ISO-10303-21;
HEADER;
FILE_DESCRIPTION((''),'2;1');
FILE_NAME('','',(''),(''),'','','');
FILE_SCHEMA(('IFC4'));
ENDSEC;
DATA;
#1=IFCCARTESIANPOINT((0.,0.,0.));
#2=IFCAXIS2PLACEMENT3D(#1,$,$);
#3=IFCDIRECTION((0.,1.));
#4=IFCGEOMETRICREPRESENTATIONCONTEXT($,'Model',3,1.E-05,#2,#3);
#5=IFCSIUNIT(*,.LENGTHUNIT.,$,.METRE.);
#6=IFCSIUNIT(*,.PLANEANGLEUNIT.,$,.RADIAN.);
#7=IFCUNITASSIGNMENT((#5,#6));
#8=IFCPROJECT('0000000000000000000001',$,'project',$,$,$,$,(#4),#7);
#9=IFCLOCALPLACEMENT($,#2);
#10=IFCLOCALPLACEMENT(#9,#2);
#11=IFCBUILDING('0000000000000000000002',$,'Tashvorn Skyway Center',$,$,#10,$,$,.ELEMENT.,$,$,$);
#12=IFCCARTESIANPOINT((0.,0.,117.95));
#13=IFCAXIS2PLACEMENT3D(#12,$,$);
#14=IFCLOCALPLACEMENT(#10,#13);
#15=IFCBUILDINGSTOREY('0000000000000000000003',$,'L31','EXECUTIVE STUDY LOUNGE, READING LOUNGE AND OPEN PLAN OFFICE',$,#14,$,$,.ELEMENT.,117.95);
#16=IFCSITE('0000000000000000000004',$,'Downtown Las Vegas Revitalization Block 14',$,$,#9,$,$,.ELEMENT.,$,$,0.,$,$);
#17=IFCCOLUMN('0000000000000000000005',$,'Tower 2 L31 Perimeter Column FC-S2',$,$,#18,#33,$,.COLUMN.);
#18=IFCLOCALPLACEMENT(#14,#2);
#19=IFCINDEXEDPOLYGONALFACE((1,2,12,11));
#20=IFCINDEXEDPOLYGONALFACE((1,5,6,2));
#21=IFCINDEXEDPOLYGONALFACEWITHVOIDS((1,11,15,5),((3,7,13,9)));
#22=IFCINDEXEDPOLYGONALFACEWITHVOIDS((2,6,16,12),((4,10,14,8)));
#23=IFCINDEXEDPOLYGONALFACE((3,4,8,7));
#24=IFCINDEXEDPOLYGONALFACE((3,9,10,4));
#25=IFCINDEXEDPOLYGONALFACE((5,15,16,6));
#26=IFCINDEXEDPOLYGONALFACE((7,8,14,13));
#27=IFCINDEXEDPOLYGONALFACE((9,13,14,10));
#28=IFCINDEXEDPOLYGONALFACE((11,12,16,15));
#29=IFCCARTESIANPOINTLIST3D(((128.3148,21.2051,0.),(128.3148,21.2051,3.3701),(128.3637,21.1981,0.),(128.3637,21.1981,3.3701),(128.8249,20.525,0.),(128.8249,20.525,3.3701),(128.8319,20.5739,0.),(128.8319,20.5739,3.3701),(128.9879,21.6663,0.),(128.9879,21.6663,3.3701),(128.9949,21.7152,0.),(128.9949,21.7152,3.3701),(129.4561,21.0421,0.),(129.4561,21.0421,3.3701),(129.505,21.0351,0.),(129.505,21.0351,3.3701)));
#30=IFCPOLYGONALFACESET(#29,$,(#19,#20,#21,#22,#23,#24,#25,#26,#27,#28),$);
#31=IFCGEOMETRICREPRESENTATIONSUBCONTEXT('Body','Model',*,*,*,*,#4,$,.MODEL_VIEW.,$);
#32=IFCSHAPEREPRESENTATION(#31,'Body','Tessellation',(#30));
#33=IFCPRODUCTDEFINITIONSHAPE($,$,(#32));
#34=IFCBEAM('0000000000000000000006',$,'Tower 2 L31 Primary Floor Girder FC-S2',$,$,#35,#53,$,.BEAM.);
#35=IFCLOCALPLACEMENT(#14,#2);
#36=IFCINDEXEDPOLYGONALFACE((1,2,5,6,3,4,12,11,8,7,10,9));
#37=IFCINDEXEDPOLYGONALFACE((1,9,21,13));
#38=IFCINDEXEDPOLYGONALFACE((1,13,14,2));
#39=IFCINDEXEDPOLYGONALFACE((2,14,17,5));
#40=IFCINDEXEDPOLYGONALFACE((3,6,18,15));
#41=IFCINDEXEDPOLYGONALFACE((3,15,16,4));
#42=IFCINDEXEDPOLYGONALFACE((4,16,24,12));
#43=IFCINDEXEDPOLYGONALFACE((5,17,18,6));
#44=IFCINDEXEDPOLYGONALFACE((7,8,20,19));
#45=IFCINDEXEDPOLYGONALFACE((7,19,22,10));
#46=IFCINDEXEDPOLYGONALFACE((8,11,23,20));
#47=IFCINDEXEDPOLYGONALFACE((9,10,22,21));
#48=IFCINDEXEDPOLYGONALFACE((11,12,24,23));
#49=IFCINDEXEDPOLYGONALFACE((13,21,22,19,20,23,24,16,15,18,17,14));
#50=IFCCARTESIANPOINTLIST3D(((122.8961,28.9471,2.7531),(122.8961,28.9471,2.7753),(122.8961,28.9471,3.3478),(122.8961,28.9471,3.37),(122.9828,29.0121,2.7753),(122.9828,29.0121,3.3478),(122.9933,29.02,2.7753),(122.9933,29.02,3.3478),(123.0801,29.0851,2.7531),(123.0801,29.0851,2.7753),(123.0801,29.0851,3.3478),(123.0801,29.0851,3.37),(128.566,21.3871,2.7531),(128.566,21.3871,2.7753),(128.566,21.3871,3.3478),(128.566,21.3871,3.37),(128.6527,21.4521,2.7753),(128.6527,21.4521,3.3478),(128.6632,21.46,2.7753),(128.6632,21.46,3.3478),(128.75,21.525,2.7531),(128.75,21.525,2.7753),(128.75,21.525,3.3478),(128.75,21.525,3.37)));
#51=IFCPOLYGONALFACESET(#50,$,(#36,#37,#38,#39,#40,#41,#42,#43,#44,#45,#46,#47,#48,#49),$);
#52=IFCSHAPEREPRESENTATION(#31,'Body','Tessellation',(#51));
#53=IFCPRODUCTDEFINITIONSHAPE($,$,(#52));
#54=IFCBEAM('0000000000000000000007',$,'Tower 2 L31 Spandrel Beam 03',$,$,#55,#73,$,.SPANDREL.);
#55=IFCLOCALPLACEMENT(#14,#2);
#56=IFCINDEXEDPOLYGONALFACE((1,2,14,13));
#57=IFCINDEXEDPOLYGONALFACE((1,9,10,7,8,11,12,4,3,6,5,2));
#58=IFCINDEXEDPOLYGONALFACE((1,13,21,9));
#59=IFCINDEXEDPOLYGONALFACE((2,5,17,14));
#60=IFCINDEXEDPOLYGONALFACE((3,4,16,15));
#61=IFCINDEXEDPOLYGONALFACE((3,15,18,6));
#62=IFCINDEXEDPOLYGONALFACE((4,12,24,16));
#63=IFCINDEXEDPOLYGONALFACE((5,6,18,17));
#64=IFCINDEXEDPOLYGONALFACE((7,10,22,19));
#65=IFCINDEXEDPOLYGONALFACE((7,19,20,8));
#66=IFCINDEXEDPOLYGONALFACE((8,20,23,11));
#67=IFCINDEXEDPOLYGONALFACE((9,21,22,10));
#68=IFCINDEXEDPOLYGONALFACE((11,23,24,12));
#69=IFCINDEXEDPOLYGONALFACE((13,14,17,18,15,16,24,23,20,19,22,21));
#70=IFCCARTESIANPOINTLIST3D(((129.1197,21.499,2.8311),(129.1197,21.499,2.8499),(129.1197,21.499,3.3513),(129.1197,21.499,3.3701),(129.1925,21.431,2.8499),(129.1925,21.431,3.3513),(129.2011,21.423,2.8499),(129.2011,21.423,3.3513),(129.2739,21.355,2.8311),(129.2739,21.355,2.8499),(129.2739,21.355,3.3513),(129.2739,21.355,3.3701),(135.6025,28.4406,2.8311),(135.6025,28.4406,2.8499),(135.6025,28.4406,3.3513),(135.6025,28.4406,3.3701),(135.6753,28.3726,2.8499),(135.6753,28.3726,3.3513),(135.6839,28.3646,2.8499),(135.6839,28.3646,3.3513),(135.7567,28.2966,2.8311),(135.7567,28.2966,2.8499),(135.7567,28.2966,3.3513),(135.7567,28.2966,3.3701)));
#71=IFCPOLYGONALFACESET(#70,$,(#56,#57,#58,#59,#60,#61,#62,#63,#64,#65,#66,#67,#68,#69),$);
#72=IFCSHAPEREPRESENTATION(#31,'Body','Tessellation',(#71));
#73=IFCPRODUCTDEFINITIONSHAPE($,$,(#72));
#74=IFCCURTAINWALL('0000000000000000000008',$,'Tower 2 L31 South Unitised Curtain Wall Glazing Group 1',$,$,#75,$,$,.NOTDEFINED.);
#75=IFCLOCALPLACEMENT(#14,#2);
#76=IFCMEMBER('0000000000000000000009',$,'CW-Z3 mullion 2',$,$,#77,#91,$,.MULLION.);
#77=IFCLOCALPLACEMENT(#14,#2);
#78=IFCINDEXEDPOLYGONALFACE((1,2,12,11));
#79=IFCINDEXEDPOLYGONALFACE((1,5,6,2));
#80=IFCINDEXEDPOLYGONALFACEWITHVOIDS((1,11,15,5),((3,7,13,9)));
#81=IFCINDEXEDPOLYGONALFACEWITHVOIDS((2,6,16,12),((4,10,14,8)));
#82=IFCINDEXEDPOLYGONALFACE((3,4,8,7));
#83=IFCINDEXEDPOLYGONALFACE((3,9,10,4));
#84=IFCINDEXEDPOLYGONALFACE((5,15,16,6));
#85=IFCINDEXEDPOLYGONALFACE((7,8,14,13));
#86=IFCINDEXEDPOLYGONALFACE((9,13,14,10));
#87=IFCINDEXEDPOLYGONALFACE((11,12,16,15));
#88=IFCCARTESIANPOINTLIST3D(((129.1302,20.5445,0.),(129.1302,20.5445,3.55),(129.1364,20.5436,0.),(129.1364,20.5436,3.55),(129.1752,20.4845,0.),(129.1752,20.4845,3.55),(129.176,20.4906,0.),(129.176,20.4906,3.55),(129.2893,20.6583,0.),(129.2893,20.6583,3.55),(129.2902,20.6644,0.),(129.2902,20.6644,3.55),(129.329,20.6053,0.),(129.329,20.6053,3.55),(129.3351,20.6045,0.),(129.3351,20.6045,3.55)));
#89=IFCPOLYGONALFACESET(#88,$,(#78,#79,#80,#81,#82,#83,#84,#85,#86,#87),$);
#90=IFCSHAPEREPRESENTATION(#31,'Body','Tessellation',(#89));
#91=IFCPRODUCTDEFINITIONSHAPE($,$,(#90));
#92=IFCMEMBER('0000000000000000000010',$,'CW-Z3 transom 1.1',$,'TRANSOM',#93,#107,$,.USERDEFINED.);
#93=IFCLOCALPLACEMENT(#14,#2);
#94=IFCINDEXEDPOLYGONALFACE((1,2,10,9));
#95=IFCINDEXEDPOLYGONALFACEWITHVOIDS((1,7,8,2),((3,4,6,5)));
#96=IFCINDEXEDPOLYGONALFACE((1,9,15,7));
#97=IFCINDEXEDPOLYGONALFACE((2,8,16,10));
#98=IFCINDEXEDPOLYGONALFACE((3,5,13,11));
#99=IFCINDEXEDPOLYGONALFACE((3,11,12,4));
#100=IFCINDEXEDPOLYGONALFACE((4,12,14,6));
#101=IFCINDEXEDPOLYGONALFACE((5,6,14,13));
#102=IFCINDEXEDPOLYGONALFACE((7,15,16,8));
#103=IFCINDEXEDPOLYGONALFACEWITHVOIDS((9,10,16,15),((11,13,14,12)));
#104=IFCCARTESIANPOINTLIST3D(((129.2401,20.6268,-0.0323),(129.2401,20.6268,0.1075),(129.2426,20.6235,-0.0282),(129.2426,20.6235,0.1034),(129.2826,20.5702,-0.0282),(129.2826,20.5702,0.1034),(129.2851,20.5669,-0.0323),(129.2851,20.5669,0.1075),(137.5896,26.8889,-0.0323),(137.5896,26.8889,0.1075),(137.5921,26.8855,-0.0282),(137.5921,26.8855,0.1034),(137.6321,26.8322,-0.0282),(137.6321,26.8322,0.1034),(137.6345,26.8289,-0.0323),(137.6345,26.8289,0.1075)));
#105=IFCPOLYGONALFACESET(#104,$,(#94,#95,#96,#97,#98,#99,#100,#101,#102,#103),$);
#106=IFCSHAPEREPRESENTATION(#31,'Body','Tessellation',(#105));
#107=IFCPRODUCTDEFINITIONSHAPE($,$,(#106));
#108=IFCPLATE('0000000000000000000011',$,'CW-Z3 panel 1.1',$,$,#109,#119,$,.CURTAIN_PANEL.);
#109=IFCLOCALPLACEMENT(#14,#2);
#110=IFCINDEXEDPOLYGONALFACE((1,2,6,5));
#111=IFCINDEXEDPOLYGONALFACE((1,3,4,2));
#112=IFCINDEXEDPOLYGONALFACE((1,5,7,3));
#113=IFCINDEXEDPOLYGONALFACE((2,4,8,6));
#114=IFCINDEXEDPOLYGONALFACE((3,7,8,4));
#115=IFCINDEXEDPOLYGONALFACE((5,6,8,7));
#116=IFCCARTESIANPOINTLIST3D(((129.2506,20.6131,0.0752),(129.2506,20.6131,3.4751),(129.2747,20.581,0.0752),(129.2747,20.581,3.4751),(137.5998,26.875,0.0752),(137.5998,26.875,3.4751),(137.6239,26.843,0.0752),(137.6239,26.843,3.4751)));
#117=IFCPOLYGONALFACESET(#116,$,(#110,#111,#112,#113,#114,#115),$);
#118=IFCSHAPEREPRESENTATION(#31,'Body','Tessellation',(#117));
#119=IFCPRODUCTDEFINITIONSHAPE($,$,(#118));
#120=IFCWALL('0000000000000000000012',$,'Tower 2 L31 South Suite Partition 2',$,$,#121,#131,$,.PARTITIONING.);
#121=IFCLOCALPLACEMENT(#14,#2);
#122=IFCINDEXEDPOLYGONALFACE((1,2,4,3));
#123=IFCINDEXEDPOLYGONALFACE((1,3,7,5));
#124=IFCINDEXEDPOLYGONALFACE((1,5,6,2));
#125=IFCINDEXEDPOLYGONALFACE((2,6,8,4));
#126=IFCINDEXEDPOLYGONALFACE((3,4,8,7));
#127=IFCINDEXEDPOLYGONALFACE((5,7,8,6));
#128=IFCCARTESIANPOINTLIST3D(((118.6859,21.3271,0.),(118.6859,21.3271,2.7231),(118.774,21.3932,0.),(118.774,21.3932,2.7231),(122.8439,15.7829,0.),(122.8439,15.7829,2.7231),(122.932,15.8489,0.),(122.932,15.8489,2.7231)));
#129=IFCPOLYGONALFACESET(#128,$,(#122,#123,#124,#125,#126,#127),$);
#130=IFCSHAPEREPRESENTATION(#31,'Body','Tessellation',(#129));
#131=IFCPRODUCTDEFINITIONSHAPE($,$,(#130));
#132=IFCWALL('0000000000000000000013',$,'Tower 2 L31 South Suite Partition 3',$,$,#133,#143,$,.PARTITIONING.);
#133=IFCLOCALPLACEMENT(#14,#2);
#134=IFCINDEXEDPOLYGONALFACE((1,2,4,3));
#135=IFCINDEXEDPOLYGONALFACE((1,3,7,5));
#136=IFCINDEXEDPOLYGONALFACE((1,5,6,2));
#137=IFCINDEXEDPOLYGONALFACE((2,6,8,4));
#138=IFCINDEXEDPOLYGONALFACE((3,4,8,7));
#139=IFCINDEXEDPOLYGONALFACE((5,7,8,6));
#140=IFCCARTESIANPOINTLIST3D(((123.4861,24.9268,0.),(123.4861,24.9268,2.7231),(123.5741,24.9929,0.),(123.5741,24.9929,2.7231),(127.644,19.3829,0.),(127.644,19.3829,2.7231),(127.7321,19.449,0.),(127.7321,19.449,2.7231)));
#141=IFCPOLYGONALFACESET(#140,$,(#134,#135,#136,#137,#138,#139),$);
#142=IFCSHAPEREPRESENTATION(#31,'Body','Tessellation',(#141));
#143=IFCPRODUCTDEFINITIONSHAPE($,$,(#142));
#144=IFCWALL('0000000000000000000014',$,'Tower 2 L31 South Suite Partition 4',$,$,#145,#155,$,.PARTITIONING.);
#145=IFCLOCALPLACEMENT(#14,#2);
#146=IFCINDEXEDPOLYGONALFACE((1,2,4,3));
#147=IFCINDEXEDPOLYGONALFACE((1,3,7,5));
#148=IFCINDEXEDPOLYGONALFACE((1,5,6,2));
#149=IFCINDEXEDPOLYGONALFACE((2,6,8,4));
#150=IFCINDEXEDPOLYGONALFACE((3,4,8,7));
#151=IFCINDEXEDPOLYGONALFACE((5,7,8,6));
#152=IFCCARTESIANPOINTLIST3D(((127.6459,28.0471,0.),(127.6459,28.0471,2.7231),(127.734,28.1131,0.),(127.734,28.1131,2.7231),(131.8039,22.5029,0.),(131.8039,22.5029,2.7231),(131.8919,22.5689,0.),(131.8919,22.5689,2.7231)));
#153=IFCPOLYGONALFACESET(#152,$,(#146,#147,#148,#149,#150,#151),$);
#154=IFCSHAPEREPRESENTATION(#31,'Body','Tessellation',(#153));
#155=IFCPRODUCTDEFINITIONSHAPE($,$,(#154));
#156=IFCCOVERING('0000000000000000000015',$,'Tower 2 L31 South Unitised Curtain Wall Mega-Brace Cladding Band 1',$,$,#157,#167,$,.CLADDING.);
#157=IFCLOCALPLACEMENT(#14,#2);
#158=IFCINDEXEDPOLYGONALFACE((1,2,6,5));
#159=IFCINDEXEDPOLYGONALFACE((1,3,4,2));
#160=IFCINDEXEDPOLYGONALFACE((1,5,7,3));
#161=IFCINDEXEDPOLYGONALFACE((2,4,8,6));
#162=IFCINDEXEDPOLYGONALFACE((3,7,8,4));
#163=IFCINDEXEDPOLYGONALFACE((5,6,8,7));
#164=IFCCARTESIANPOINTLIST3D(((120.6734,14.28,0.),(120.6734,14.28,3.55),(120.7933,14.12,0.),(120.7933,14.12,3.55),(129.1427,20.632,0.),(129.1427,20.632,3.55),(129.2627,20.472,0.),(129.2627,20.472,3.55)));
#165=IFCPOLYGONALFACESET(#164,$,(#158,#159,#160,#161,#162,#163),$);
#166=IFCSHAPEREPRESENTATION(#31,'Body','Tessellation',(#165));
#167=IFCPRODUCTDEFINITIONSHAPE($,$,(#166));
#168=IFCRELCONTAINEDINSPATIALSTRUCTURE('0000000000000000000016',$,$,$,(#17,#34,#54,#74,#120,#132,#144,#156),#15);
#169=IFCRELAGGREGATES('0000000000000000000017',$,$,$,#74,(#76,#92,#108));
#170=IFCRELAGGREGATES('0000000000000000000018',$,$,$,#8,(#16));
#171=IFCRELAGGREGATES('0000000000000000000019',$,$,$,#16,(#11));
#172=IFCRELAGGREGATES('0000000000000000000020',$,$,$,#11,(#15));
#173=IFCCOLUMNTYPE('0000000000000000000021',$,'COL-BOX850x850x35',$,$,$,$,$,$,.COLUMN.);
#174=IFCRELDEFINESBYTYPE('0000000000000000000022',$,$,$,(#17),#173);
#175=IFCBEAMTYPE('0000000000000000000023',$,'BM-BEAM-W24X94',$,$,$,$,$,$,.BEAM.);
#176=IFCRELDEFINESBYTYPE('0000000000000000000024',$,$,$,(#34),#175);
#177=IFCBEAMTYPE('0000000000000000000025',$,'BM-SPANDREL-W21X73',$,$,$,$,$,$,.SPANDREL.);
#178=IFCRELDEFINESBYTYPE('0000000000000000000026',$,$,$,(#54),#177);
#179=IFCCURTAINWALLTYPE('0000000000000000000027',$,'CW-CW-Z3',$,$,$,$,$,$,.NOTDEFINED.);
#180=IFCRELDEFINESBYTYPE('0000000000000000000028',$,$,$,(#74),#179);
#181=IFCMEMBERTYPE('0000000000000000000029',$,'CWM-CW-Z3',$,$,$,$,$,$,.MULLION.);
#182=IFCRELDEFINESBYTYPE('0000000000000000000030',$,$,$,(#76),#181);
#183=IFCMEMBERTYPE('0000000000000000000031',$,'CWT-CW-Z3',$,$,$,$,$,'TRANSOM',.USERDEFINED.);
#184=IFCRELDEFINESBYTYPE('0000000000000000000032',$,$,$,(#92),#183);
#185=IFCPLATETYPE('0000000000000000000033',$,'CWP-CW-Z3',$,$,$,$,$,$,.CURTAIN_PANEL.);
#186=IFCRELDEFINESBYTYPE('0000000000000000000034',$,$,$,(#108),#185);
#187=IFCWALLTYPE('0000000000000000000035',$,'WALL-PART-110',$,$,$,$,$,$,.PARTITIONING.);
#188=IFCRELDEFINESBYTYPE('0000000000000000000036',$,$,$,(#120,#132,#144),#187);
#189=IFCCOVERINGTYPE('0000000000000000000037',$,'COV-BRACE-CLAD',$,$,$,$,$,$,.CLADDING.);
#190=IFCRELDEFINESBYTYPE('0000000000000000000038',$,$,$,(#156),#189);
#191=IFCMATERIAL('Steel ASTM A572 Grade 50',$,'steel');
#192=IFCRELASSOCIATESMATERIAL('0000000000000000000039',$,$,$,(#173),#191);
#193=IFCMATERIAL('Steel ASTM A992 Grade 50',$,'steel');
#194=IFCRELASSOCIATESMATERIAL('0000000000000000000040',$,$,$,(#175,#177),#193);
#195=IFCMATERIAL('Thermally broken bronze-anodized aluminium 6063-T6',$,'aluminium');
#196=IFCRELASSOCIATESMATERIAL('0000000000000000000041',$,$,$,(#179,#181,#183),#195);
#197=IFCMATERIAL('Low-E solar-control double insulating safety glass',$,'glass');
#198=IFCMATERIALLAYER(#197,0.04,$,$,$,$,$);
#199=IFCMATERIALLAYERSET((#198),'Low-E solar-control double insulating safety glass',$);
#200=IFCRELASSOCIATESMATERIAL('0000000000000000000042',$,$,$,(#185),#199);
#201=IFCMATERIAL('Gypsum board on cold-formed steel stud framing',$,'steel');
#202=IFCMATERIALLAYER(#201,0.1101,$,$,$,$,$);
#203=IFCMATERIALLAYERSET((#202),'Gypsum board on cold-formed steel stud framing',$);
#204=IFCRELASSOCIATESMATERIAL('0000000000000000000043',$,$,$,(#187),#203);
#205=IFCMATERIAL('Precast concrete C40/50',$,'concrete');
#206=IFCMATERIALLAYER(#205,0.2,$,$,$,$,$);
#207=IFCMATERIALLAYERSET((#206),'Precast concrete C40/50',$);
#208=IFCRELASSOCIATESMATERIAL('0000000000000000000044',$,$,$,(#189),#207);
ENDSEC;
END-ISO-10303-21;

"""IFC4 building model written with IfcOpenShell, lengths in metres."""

from ifc_helpers import new_model, si_unit, direction, frame, frame_2d, origin, origin_2d, place, context, subcontext, project, spatial, rectangle, hollow_rectangle, i_section, extrude, material, layer, layer_set, material_profile, profile_set, type_object, element, aggregate, save


model = new_model("IFC4")

# Units and contexts
model_context = context("Model", 3, precision=1e-05, world=origin(), true_north=direction((0.0, 1.0)))
body_context = subcontext(model_context, "Body", "Model", "MODEL_VIEW")
ifc_project = project(units=[si_unit("LENGTHUNIT", "METRE"), si_unit("PLANEANGLEUNIT", "RADIAN")], contexts=[model_context])

# Site, building, storey
site_placement = place(None, origin())
site = spatial("IfcSite", under=ifc_project, at=site_placement, Name="Downtown Las Vegas Revitalization Block 14", CompositionType="ELEMENT", RefElevation=0.0)
building_placement = place(site_placement, origin())
building = spatial("IfcBuilding", under=site, at=building_placement, Name="Tashvorn Skyway Center", CompositionType="ELEMENT")
storey_placement = place(building_placement, frame((0.0, 0.0, 117.95)))
storey = spatial("IfcBuildingStorey", under=building, at=storey_placement, Name="L31", Description="EXECUTIVE STUDY LOUNGE, READING LOUNGE AND OPEN PLAN OFFICE", CompositionType="ELEMENT", Elevation=117.95)

# Column
ifc_material_1 = material(Name="Steel ASTM A572 Grade 50", Category="steel")
ifc_material_profile_1 = material_profile(ifc_material_1, hollow_rectangle(XDim=0.8501, YDim=0.8501, WallThickness=0.0349, at=origin_2d()), Name="BOX850x850x35")
ifc_profile_set_1 = profile_set([ifc_material_profile_1], Name="Steel ASTM A572 Grade 50")
column_type = type_object("IfcColumnType", Name="COL-BOX850x850x35", PredefinedType="COLUMN", material=ifc_profile_set_1)
column_placement = place(storey_placement, frame((128.9099, 21.1201, 0.0), z_axis=(0.0, 0.0, 1.0), x_axis=(0.8, 0.6, 0.0)))
element("IfcColumn", 1, at=column_placement, inside=storey, type_object=column_type, Name="Tower 2 L31 Perimeter Column FC-S2", PredefinedType="COLUMN", context=body_context, shape_type="SweptSolid", body=[
    extrude(hollow_rectangle(XDim=0.8501, YDim=0.8501, WallThickness=0.0349, at=origin_2d()), origin(), (0.0, 0.0, 1.0), 3.3701),
])

# Beams
ifc_material_2 = material(Name="Steel ASTM A992 Grade 50", Category="steel")
ifc_material_profile_2 = material_profile(ifc_material_2, i_section(OverallWidth=0.23, OverallDepth=0.6169, WebThickness=0.0132, FlangeThickness=0.0222, at=origin_2d()), Name="W24X94")
ifc_profile_set_2 = profile_set([ifc_material_profile_2], Name="Steel ASTM A992 Grade 50")
beam_type_1 = type_object("IfcBeamType", Name="BM-BEAM-W24X94", PredefinedType="BEAM", material=ifc_profile_set_2)
beam_1_placement = place(storey_placement, frame((128.658, 21.4561, 3.0615), z_axis=(-0.599992, 0.800006, 0.0), x_axis=(-0.800006, -0.599992, 0.0)))
element("IfcBeam", 2, at=beam_1_placement, inside=storey, type_object=beam_type_1, Name="Tower 2 L31 Primary Floor Girder FC-S2", PredefinedType="BEAM", context=body_context, shape_type="SweptSolid", body=[
    extrude(i_section(OverallWidth=0.23, OverallDepth=0.6169, WebThickness=0.0132, FlangeThickness=0.0222, at=origin_2d()), origin(), (0.0, 0.0, 1.0), 9.45),
])
ifc_material_profile_3 = material_profile(ifc_material_2, i_section(OverallWidth=0.2109, OverallDepth=0.5391, WebThickness=0.0117, FlangeThickness=0.0188, at=origin_2d()), Name="W21X73")
ifc_profile_set_3 = profile_set([ifc_material_profile_3], Name="Steel ASTM A992 Grade 50")
beam_type_2 = type_object("IfcBeamType", Name="BM-SPANDREL-W21X73", PredefinedType="SPANDREL", material=ifc_profile_set_3)
beam_2_placement = place(storey_placement, frame((129.1968, 21.427, 3.1006), z_axis=(0.682545, 0.730843, 0.0), x_axis=(-0.730843, 0.682545, 0.0)))
element("IfcBeam", 3, at=beam_2_placement, inside=storey, type_object=beam_type_2, Name="Tower 2 L31 Spandrel Beam 03", PredefinedType="SPANDREL", context=body_context, shape_type="SweptSolid", body=[
    extrude(i_section(OverallWidth=0.2109, OverallDepth=0.5391, WebThickness=0.0117, FlangeThickness=0.0188, at=origin_2d()), origin(), (0.0, 0.0, 1.0), 9.498),
])

# Curtain wall, members, plate
ifc_material_3 = material(Name="Thermally broken bronze-anodized aluminium 6063-T6", Category="aluminium")
curtain_wall_type = type_object("IfcCurtainWallType", Name="CW-CW-Z3", PredefinedType="NOTDEFINED", material=ifc_material_3)
curtain_wall_placement = place(storey_placement, origin())
curtain_wall = element("IfcCurtainWall", 4, at=curtain_wall_placement, inside=storey, type_object=curtain_wall_type, Name="Tower 2 L31 South Unitised Curtain Wall Glazing Group 1", PredefinedType="NOTDEFINED")
ifc_material_profile_4 = material_profile(ifc_material_3, hollow_rectangle(XDim=0.075, YDim=0.2, WallThickness=0.0044, at=origin_2d()), Name="ALU-MULL-75x200")
ifc_profile_set_4 = profile_set([ifc_material_profile_4], Name="Thermally broken bronze-anodized aluminium 6063-T6")
member_type_1 = type_object("IfcMemberType", Name="CWM-CW-Z3", PredefinedType="MULLION", material=ifc_profile_set_4)
member_1_placement = place(storey_placement, frame((129.2327, 20.5745, 0.0), z_axis=(0.0, 0.0, 1.0), x_axis=(0.600002, -0.799999, 0.0)))
member_1 = element("IfcMember", 5, at=member_1_placement, type_object=member_type_1, Name="CW-Z3 mullion 2", PredefinedType="MULLION", context=body_context, shape_type="SweptSolid", body=[
    extrude(hollow_rectangle(XDim=0.075, YDim=0.2, WallThickness=0.0044, at=origin_2d()), origin(), (0.0, 0.0, 1.0), 3.55),
])
ifc_material_profile_5 = material_profile(ifc_material_3, hollow_rectangle(XDim=0.075, YDim=0.1399, WallThickness=0.0042, at=origin_2d()), Name="ALU-TRAN-75x140")
ifc_profile_set_5 = profile_set([ifc_material_profile_5], Name="Thermally broken bronze-anodized aluminium 6063-T6")
member_type_2 = type_object("IfcMemberType", Name="CWT-CW-Z3", ElementType="TRANSOM", PredefinedType="USERDEFINED", material=ifc_profile_set_5)
member_2_placement = place(storey_placement, frame((137.6121, 26.8589, 0.0376), z_axis=(-0.800003, -0.599996, 0.0), x_axis=(0.599996, -0.800003, 0.0)))
member_2 = element("IfcMember", 6, at=member_2_placement, type_object=member_type_2, Name="CW-Z3 transom 1.1", ObjectType="TRANSOM", PredefinedType="USERDEFINED", context=body_context, shape_type="SweptSolid", body=[
    extrude(hollow_rectangle(XDim=0.075, YDim=0.1399, WallThickness=0.0042, at=origin_2d()), origin(), (0.0, 0.0, 1.0), 10.4368),
])
ifc_material_4 = material(Name="Low-E solar-control double insulating safety glass", Category="glass")
ifc_layer_1 = layer(ifc_material_4, 0.04)
ifc_layer_set_1 = layer_set([ifc_layer_1], Name="Low-E solar-control double insulating safety glass")
plate_type = type_object("IfcPlateType", Name="CWP-CW-Z3", PredefinedType="CURTAIN_PANEL", material=ifc_layer_set_1)
plate_placement = place(storey_placement, frame((133.4373, 23.728, 0.0752), z_axis=(0.0, 0.0, 1.0), x_axis=(-0.799999, -0.600002, 0.0)))
plate = element("IfcPlate", 7, at=plate_placement, type_object=plate_type, Name="CW-Z3 panel 1.1", PredefinedType="CURTAIN_PANEL", context=body_context, shape_type="SweptSolid", body=[
    extrude(rectangle(XDim=10.4365, YDim=0.04, at=origin_2d()), origin(), (0.0, 0.0, 1.0), 3.3999),
])
aggregate(curtain_wall, [member_1, member_2, plate])

# Walls
ifc_material_5 = material(Name="Gypsum board on cold-formed steel stud framing", Category="steel")
ifc_layer_2 = layer(ifc_material_5, 0.1101)
ifc_layer_set_2 = layer_set([ifc_layer_2], Name="Gypsum board on cold-formed steel stud framing")
wall_type = type_object("IfcWallType", Name="WALL-PART-110", PredefinedType="PARTITIONING", material=ifc_layer_set_2)
wall_1_placement = place(storey_placement, frame((122.8879, 15.8159, 0.0), z_axis=(0.0, 0.0, 1.0), x_axis=(-0.599983, 0.800013, 0.0)))
element("IfcWall", 8, at=wall_1_placement, inside=storey, type_object=wall_type, Name="Tower 2 L31 South Suite Partition 2", PredefinedType="PARTITIONING", context=body_context, shape_type="SweptSolid", body=[
    extrude(rectangle(XDim=6.9302, YDim=0.1101, at=frame_2d((3.4651, 0.0))), origin(), (0.0, 0.0, 1.0), 2.7231),
])
wall_2_placement = place(storey_placement, frame((127.688, 19.416, 0.0), z_axis=(0.0, 0.0, 1.0), x_axis=(-0.6, 0.8, 0.0)))
element("IfcWall", 9, at=wall_2_placement, inside=storey, type_object=wall_type, Name="Tower 2 L31 South Suite Partition 3", PredefinedType="PARTITIONING", context=body_context, shape_type="SweptSolid", body=[
    extrude(rectangle(XDim=6.9299, YDim=0.1101, at=frame_2d((3.4648, 0.0))), origin(), (0.0, 0.0, 1.0), 2.7231),
])
wall_3_placement = place(storey_placement, frame((131.8479, 22.5359, 0.0), z_axis=(0.0, 0.0, 1.0), x_axis=(-0.599983, 0.800013, 0.0)))
element("IfcWall", 10, at=wall_3_placement, inside=storey, type_object=wall_type, Name="Tower 2 L31 South Suite Partition 4", PredefinedType="PARTITIONING", context=body_context, shape_type="SweptSolid", body=[
    extrude(rectangle(XDim=6.9302, YDim=0.1101, at=frame_2d((3.4651, 0.0))), origin(), (0.0, 0.0, 1.0), 2.7231),
])

# Covering
ifc_material_6 = material(Name="Precast concrete C40/50", Category="concrete")
ifc_layer_3 = layer(ifc_material_6, 0.2)
ifc_layer_set_3 = layer_set([ifc_layer_3], Name="Precast concrete C40/50")
covering_type_1 = type_object("IfcCoveringType", Name="COV-BRACE-CLAD", PredefinedType="CLADDING", material=ifc_layer_set_3)
covering_placement = place(storey_placement, frame((124.968, 17.376, 0.0), z_axis=(0.0, 0.0, 1.0), x_axis=(-0.8, -0.6, 0.0)))
element("IfcCovering", 11, at=covering_placement, inside=storey, type_object=covering_type_1, Name="Tower 2 L31 South Unitised Curtain Wall Mega-Brace Cladding Band 1", PredefinedType="CLADDING", context=body_context, shape_type="SweptSolid", body=[
    extrude(rectangle(XDim=10.5867, YDim=0.2, at=origin_2d()), origin(), (0.0, 0.0, 1.0), 3.55),
])

save(model, "model.ifc")
